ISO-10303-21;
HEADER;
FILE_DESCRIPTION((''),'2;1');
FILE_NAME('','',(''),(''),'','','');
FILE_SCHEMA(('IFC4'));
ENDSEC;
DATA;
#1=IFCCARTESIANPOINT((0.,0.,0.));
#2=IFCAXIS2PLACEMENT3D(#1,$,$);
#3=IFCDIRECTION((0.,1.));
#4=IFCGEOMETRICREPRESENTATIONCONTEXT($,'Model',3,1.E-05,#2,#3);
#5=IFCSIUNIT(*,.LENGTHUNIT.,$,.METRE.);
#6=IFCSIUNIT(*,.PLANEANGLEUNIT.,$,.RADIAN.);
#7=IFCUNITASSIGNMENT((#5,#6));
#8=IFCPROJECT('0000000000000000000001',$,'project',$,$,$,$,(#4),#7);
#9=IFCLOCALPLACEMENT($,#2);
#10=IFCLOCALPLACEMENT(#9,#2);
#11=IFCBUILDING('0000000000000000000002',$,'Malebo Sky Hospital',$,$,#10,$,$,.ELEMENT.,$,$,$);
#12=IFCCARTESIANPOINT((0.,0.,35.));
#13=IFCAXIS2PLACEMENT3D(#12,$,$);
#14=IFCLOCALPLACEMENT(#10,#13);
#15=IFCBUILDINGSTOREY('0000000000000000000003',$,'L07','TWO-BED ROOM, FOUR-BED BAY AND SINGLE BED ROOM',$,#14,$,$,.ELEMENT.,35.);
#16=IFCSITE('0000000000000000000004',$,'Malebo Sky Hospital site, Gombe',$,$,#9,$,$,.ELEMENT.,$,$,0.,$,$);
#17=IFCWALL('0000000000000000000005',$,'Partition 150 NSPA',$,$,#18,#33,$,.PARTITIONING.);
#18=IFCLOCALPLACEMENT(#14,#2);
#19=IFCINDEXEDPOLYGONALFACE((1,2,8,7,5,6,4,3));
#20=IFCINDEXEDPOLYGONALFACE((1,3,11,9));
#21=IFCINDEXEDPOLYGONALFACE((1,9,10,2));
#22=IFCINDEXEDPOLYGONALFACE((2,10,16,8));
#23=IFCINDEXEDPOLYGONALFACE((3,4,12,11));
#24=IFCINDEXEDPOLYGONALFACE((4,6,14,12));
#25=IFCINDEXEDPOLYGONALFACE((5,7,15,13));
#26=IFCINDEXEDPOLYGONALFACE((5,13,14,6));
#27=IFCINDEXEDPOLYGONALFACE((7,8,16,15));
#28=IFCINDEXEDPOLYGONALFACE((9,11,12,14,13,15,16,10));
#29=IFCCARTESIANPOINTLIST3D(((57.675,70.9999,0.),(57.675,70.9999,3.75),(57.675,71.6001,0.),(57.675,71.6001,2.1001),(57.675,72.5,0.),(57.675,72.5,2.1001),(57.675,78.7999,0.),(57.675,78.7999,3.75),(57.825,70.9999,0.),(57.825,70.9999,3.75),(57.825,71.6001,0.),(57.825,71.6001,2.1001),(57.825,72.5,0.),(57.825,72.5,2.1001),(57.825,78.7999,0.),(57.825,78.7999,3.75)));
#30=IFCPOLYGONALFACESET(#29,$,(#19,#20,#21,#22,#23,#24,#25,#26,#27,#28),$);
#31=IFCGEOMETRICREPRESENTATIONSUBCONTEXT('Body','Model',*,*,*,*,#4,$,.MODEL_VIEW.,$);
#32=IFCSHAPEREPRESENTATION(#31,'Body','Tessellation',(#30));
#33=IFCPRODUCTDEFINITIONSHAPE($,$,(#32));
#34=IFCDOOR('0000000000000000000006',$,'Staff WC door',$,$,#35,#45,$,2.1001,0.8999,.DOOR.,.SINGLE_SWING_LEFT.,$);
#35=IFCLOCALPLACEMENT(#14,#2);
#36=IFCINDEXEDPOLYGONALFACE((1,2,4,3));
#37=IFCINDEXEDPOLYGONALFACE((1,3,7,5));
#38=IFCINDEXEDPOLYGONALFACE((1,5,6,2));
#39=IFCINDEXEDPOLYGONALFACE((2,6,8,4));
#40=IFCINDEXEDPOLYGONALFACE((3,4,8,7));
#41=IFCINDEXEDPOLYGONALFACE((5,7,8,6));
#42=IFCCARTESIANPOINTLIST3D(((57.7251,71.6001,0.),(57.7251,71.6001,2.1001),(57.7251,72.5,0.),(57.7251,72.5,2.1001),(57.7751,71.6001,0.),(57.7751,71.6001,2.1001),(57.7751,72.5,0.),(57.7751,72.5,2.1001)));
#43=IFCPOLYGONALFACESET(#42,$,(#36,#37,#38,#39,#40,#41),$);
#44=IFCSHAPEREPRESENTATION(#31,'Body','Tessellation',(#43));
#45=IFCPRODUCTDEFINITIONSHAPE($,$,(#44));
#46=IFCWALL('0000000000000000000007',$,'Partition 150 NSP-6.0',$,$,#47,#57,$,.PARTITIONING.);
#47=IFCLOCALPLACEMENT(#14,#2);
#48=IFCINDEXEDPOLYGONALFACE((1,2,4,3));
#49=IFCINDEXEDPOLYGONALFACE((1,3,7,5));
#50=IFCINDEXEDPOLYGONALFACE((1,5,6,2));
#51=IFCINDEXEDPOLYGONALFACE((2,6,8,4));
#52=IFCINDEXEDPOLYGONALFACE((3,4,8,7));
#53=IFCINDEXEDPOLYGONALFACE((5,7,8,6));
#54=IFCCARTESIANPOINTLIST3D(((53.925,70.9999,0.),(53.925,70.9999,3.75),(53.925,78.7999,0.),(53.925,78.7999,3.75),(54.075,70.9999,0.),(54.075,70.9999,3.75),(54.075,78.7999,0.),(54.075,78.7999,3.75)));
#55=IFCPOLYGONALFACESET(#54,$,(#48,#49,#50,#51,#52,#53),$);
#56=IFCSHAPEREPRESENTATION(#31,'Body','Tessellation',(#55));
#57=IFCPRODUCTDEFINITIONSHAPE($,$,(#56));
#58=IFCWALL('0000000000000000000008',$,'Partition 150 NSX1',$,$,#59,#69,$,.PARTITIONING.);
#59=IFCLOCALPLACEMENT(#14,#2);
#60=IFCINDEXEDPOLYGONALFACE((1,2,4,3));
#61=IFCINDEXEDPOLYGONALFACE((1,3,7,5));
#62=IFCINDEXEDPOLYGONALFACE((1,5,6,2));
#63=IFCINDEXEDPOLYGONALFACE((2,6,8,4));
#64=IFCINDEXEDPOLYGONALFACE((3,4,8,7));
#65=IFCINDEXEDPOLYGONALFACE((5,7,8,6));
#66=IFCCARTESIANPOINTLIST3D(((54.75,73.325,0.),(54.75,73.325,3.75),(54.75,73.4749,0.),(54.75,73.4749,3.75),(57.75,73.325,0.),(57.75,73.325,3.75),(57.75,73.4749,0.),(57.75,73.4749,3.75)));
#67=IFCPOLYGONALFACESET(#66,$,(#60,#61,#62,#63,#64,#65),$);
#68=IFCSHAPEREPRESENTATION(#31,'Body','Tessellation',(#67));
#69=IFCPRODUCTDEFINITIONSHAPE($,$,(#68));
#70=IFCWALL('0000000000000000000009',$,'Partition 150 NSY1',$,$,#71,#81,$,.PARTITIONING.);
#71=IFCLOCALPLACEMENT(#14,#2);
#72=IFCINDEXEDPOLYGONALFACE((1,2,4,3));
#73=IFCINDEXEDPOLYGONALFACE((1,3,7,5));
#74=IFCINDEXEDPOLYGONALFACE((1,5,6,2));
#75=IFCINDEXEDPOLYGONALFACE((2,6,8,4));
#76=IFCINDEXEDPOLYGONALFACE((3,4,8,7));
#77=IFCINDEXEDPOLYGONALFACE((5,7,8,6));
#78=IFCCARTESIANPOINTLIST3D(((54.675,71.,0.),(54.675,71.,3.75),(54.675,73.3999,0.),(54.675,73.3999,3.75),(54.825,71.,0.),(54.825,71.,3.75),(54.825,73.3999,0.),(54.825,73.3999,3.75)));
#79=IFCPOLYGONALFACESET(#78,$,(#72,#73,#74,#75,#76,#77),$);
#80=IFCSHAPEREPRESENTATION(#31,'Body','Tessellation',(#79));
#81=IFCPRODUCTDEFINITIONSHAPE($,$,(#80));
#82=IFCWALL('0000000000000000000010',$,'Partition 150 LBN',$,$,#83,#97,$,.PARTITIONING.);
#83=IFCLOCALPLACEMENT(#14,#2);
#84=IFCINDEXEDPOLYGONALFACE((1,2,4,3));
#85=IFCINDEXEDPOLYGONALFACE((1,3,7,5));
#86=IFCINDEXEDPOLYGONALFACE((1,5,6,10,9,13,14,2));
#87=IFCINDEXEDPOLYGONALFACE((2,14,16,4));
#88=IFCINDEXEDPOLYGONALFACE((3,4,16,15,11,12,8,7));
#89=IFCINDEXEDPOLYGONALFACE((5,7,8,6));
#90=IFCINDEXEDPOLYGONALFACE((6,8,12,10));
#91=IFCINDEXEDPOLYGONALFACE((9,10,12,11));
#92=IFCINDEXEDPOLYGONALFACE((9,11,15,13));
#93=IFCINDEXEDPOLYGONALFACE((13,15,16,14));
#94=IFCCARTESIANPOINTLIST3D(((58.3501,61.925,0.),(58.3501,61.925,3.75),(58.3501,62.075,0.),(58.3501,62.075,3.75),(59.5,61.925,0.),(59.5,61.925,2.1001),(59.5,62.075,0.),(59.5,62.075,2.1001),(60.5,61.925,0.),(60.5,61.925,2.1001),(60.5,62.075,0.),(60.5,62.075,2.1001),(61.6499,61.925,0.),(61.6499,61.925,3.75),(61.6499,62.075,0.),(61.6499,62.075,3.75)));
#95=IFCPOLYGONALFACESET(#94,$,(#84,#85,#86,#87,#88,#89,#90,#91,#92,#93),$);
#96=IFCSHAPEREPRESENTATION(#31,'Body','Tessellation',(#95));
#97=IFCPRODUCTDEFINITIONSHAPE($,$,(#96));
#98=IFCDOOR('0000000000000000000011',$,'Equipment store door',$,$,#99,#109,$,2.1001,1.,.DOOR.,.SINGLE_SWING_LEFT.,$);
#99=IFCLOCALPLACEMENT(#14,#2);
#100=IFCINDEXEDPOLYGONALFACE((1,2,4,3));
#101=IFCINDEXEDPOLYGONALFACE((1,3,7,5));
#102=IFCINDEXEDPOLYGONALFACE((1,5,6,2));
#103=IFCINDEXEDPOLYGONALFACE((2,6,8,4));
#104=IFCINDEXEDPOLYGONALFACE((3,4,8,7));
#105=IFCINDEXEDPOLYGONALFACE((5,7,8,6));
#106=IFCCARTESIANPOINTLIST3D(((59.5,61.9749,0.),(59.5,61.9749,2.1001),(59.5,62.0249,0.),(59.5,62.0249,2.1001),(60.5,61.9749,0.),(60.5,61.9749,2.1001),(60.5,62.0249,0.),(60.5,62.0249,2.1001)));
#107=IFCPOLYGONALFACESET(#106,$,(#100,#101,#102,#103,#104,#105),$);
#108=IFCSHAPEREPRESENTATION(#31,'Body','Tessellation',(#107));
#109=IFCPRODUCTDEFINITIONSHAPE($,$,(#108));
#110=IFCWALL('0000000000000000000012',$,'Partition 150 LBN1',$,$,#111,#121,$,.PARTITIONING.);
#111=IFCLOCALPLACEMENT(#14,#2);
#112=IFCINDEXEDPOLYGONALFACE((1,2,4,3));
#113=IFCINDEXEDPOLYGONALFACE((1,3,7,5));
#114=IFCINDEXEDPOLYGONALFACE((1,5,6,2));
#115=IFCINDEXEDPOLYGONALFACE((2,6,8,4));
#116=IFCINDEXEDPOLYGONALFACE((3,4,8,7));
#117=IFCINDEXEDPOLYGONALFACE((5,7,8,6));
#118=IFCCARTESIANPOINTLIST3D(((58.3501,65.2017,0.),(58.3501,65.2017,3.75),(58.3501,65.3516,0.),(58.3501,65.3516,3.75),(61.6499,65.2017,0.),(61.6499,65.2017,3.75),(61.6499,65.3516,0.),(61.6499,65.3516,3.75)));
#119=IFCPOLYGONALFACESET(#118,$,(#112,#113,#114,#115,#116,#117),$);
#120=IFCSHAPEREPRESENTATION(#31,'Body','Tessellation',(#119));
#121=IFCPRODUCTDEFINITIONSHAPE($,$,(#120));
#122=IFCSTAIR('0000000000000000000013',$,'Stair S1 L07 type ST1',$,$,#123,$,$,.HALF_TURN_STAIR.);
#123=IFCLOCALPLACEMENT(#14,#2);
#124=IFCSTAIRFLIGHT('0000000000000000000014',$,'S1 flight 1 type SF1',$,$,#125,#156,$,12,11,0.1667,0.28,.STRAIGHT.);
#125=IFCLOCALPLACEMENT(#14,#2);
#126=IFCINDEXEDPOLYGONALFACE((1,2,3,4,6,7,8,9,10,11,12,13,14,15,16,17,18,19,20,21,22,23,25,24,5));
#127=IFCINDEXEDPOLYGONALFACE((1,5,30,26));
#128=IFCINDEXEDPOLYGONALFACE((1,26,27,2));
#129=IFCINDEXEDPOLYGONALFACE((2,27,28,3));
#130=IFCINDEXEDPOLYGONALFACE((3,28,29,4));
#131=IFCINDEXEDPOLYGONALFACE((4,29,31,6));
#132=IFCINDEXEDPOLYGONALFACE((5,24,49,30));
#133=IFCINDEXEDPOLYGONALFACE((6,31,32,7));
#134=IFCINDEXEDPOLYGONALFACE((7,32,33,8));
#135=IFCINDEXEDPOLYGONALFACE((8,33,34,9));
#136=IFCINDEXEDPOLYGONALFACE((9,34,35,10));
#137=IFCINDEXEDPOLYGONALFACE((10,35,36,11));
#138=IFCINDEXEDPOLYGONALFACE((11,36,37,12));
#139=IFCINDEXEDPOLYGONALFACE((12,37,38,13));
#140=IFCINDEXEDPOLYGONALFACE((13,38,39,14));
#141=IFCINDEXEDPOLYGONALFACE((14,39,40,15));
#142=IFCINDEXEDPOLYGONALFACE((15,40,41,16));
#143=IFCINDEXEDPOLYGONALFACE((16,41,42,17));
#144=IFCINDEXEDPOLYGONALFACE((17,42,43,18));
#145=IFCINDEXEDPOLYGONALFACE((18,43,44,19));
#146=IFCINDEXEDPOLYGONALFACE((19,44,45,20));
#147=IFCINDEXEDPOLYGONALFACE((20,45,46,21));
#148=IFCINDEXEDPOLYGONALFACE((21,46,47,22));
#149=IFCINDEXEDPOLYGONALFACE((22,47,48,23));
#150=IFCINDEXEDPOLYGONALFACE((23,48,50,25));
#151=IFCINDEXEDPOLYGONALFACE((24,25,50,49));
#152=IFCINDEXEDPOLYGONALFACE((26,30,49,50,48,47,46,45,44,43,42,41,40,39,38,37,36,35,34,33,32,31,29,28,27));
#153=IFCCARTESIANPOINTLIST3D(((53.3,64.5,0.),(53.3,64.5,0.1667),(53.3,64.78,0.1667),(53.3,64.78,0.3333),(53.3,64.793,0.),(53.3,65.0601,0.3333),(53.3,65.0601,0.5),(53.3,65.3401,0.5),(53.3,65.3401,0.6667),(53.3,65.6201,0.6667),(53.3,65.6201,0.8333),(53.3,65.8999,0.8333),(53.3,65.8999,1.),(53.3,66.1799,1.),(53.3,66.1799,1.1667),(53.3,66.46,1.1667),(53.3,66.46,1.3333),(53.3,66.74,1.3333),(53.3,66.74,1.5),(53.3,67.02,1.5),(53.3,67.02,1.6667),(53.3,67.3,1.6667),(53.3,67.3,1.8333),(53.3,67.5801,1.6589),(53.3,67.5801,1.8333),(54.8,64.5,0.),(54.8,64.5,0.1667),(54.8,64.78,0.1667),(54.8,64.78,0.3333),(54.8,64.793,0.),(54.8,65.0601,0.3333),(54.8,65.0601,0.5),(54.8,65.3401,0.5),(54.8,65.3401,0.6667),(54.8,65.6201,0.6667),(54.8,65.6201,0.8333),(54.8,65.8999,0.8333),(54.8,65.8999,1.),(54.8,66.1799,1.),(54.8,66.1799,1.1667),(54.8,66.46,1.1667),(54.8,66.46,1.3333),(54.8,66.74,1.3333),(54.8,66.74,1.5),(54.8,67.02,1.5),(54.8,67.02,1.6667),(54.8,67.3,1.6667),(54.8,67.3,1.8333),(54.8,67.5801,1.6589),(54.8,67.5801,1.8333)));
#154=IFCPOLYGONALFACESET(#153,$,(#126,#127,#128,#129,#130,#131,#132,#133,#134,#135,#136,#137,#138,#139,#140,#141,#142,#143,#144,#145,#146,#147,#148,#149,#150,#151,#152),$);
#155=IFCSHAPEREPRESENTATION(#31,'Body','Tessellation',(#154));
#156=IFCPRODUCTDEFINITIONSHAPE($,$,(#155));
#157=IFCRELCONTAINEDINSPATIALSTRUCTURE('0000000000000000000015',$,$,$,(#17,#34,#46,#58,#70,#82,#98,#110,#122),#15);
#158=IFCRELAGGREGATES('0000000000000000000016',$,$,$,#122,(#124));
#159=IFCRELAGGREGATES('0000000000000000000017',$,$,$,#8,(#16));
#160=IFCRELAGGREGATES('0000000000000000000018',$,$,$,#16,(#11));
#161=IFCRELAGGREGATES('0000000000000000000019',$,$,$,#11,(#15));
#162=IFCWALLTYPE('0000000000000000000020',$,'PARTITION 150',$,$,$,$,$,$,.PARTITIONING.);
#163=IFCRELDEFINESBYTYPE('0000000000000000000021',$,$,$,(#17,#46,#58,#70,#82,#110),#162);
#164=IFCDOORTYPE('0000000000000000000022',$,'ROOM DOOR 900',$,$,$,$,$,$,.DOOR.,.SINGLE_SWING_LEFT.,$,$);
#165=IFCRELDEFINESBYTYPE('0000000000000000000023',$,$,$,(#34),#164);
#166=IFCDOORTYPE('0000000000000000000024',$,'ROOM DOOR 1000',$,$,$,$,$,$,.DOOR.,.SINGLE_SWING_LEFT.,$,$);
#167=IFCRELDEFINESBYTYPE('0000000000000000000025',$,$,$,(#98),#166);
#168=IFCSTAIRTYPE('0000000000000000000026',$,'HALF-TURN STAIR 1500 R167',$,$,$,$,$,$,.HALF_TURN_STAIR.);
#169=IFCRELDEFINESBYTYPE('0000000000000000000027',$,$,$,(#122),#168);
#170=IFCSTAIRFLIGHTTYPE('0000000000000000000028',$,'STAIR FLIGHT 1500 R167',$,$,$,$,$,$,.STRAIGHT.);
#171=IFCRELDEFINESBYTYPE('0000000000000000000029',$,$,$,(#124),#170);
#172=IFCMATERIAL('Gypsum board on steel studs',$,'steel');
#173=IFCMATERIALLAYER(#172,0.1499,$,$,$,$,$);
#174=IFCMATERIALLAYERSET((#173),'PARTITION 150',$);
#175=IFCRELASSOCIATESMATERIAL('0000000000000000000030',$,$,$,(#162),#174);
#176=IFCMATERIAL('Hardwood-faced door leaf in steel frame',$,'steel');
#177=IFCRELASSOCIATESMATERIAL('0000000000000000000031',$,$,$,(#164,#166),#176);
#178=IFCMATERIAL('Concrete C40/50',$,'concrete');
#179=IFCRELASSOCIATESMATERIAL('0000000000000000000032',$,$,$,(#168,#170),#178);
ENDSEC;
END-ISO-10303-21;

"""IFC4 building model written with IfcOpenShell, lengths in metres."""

from ifc_helpers import new_model, si_unit, direction, frame, frame_2d, origin, place, context, subcontext, project, spatial, polyline, rectangle, outline, extrude, material, layer, layer_set, type_object, element, fill, aggregate, save


model = new_model("IFC4")

# Units and contexts
model_context = context("Model", 3, precision=1e-05, world=origin(), true_north=direction((0.0, 1.0)))
body_context = subcontext(model_context, "Body", "Model", "MODEL_VIEW")
ifc_project = project(units=[si_unit("LENGTHUNIT", "METRE"), si_unit("PLANEANGLEUNIT", "RADIAN")], contexts=[model_context])

# Site, building, storey
site_placement = place(None, origin())
site = spatial("IfcSite", under=ifc_project, at=site_placement, Name="Malebo Sky Hospital site, Gombe", CompositionType="ELEMENT", RefElevation=0.0)
building_placement = place(site_placement, origin())
building = spatial("IfcBuilding", under=site, at=building_placement, Name="Malebo Sky Hospital", CompositionType="ELEMENT")
storey_placement = place(building_placement, frame((0.0, 0.0, 35.0)))
storey = spatial("IfcBuildingStorey", under=building, at=storey_placement, Name="L07", Description="TWO-BED ROOM, FOUR-BED BAY AND SINGLE BED ROOM", CompositionType="ELEMENT", Elevation=35.0)

# Wall, opening, door
ifc_material_1 = material(Name="Gypsum board on steel studs", Category="steel")
ifc_layer_1 = layer(ifc_material_1, 0.1499)
ifc_layer_set_1 = layer_set([ifc_layer_1], Name="PARTITION 150")
wall_type_1 = type_object("IfcWallType", Name="PARTITION 150", PredefinedType="PARTITIONING", material=ifc_layer_set_1)
wall_1_placement = place(storey_placement, frame((57.75, 71.0, 0.0), z_axis=(0.0, 0.0, 1.0), x_axis=(0.0, 1.0, 0.0)))
wall_1 = element("IfcWall", 1, at=wall_1_placement, inside=storey, type_object=wall_type_1, Name="Partition 150 NSPA", PredefinedType="PARTITIONING", context=body_context, shape_type="SweptSolid", body=[
    extrude(rectangle(XDim=7.8, YDim=0.1499, at=frame_2d((3.8999, 0.0))), origin(), (0.0, 0.0, 1.0), 3.75),
])
opening_1_placement = place(wall_1_placement, frame((0.6001, 0.0, 0.0)))
opening_1 = element("IfcOpeningElement", 2, at=opening_1_placement, cuts=wall_1, PredefinedType="OPENING", context=body_context, shape_type="SweptSolid", body=[
    extrude(rectangle(XDim=0.8999, YDim=2.1001, at=frame_2d((0.45, 1.05))), frame((0.0, 0.085, 0.0), z_axis=(0.0, -1.0, 0.0), x_axis=(1.0, 0.0, 0.0)), (0.0, 0.0, 1.0), 0.1699),
])
ifc_material_2 = material(Name="Hardwood-faced door leaf in steel frame", Category="steel")
door_type_1 = type_object("IfcDoorType", Name="ROOM DOOR 900", OperationType="SINGLE_SWING_LEFT", PredefinedType="DOOR", material=ifc_material_2)
door_1_placement = place(opening_1_placement, origin())
door_1 = element("IfcDoor", 3, at=door_1_placement, inside=storey, type_object=door_type_1, Name="Staff WC door", OperationType="SINGLE_SWING_LEFT", OverallHeight=2.1001, OverallWidth=0.8999, PredefinedType="DOOR", context=body_context, shape_type="SweptSolid", body=[
    extrude(rectangle(XDim=0.8999, YDim=2.1001, at=frame_2d((0.45, 1.05))), frame((0.0, 0.0249, 0.0), z_axis=(0.0, -1.0, 0.0), x_axis=(1.0, 0.0, 0.0)), (0.0, 0.0, 1.0), 0.05),
])
fill(opening_1, door_1)

# Walls
wall_2_placement = place(storey_placement, frame((54.0, 71.0, 0.0), z_axis=(0.0, 0.0, 1.0), x_axis=(0.0, 1.0, 0.0)))
element("IfcWall", 4, at=wall_2_placement, inside=storey, type_object=wall_type_1, Name="Partition 150 NSP-6.0", PredefinedType="PARTITIONING", context=body_context, shape_type="SweptSolid", body=[
    extrude(rectangle(XDim=7.8, YDim=0.1499, at=frame_2d((3.8999, 0.0))), origin(), (0.0, 0.0, 1.0), 3.75),
])
wall_3_placement = place(storey_placement, frame((54.75, 73.3999, 0.0), z_axis=(0.0, 0.0, 1.0), x_axis=(1.0, 0.0, 0.0)))
element("IfcWall", 5, at=wall_3_placement, inside=storey, type_object=wall_type_1, Name="Partition 150 NSX1", PredefinedType="PARTITIONING", context=body_context, shape_type="SweptSolid", body=[
    extrude(rectangle(XDim=3.0, YDim=0.1499, at=frame_2d((1.5, 0.0))), origin(), (0.0, 0.0, 1.0), 3.75),
])
wall_4_placement = place(storey_placement, frame((54.75, 71.0, 0.0), z_axis=(0.0, 0.0, 1.0), x_axis=(0.0, 1.0, 0.0)))
element("IfcWall", 6, at=wall_4_placement, inside=storey, type_object=wall_type_1, Name="Partition 150 NSY1", PredefinedType="PARTITIONING", context=body_context, shape_type="SweptSolid", body=[
    extrude(rectangle(XDim=2.3999, YDim=0.1499, at=frame_2d((1.2, 0.0))), origin(), (0.0, 0.0, 1.0), 3.75),
])

# Wall, opening, door
wall_5_placement = place(storey_placement, frame((58.3501, 62.0, 0.0), z_axis=(0.0, 0.0, 1.0), x_axis=(1.0, 0.0, 0.0)))
wall_5 = element("IfcWall", 7, at=wall_5_placement, inside=storey, type_object=wall_type_1, Name="Partition 150 LBN", PredefinedType="PARTITIONING", context=body_context, shape_type="SweptSolid", body=[
    extrude(rectangle(XDim=3.2998, YDim=0.1499, at=frame_2d((1.6499, 0.0))), origin(), (0.0, 0.0, 1.0), 3.75),
])
opening_2_placement = place(wall_5_placement, frame((1.1499, 0.0, 0.0)))
opening_2 = element("IfcOpeningElement", 8, at=opening_2_placement, cuts=wall_5, PredefinedType="OPENING", context=body_context, shape_type="SweptSolid", body=[
    extrude(rectangle(XDim=1.0, YDim=2.1001, at=frame_2d((0.5, 1.05))), frame((0.0, 0.085, 0.0), z_axis=(0.0, -1.0, 0.0), x_axis=(1.0, 0.0, 0.0)), (0.0, 0.0, 1.0), 0.1699),
])
door_type_2 = type_object("IfcDoorType", Name="ROOM DOOR 1000", OperationType="SINGLE_SWING_LEFT", PredefinedType="DOOR", material=ifc_material_2)
door_2_placement = place(opening_2_placement, origin())
door_2 = element("IfcDoor", 9, at=door_2_placement, inside=storey, type_object=door_type_2, Name="Equipment store door", OperationType="SINGLE_SWING_LEFT", OverallHeight=2.1001, OverallWidth=1.0, PredefinedType="DOOR", context=body_context, shape_type="SweptSolid", body=[
    extrude(rectangle(XDim=1.0, YDim=2.1001, at=frame_2d((0.5, 1.05))), frame((0.0, 0.0249, 0.0), z_axis=(0.0, -1.0, 0.0), x_axis=(1.0, 0.0, 0.0)), (0.0, 0.0, 1.0), 0.05),
])
fill(opening_2, door_2)

# Wall
wall_6_placement = place(storey_placement, frame((58.3501, 65.2766, 0.0), z_axis=(0.0, 0.0, 1.0), x_axis=(1.0, 0.0, 0.0)))
element("IfcWall", 10, at=wall_6_placement, inside=storey, type_object=wall_type_1, Name="Partition 150 LBN1", PredefinedType="PARTITIONING", context=body_context, shape_type="SweptSolid", body=[
    extrude(rectangle(XDim=3.2998, YDim=0.1499, at=frame_2d((1.6499, 0.0))), origin(), (0.0, 0.0, 1.0), 3.75),
])

# Stair, stair flight
ifc_material_3 = material(Name="Concrete C40/50", Category="concrete")
stair_type = type_object("IfcStairType", Name="HALF-TURN STAIR 1500 R167", PredefinedType="HALF_TURN_STAIR", material=ifc_material_3)
stair_placement = place(storey_placement, origin())
stair = element("IfcStair", 11, at=stair_placement, inside=storey, type_object=stair_type, Name="Stair S1 L07 type ST1", PredefinedType="HALF_TURN_STAIR")
stair_flight_type = type_object("IfcStairFlightType", Name="STAIR FLIGHT 1500 R167", PredefinedType="STRAIGHT", material=ifc_material_3)
stair_flight_placement = place(storey_placement, frame((54.05, 64.5, 0.0), z_axis=(0.0, 0.0, 1.0), x_axis=(0.0, 1.0, 0.0)))
stair_flight = element("IfcStairFlight", 12, at=stair_flight_placement, type_object=stair_flight_type, Name="S1 flight 1 type SF1", NumberOfRisers=12, NumberOfTreads=11, PredefinedType="STRAIGHT", RiserHeight=0.1667, TreadLength=0.28, context=body_context, shape_type="SweptSolid", body=[
    extrude(outline(polyline([(0.0, 0.0), (0.0, 0.1667), (0.28, 0.1667), (0.28, 0.3333), (0.5601, 0.3333), (0.5601, 0.5), (0.8401, 0.5), (0.8401, 0.6667), (1.1201, 0.6667), (1.1201, 0.8333), (1.3999, 0.8333), (1.3999, 1.0), (1.6799, 1.0), (1.6799, 1.1667), (1.96, 1.1667), (1.96, 1.3333), (2.24, 1.3333), (2.24, 1.5), (2.52, 1.5), (2.52, 1.6667), (2.8, 1.6667), (2.8, 1.8333), (3.0801, 1.8333), (3.0801, 2.0), (3.0801, 1.6589), (0.293, 0.0), (0.0, 0.0)])), frame((0.0, 0.75, 0.0), z_axis=(0.0, -1.0, 0.0), x_axis=(1.0, 0.0, 0.0)), (0.0, 0.0, 1.0), 1.5),
])
aggregate(stair, [stair_flight])

save(model, "model.ifc")
